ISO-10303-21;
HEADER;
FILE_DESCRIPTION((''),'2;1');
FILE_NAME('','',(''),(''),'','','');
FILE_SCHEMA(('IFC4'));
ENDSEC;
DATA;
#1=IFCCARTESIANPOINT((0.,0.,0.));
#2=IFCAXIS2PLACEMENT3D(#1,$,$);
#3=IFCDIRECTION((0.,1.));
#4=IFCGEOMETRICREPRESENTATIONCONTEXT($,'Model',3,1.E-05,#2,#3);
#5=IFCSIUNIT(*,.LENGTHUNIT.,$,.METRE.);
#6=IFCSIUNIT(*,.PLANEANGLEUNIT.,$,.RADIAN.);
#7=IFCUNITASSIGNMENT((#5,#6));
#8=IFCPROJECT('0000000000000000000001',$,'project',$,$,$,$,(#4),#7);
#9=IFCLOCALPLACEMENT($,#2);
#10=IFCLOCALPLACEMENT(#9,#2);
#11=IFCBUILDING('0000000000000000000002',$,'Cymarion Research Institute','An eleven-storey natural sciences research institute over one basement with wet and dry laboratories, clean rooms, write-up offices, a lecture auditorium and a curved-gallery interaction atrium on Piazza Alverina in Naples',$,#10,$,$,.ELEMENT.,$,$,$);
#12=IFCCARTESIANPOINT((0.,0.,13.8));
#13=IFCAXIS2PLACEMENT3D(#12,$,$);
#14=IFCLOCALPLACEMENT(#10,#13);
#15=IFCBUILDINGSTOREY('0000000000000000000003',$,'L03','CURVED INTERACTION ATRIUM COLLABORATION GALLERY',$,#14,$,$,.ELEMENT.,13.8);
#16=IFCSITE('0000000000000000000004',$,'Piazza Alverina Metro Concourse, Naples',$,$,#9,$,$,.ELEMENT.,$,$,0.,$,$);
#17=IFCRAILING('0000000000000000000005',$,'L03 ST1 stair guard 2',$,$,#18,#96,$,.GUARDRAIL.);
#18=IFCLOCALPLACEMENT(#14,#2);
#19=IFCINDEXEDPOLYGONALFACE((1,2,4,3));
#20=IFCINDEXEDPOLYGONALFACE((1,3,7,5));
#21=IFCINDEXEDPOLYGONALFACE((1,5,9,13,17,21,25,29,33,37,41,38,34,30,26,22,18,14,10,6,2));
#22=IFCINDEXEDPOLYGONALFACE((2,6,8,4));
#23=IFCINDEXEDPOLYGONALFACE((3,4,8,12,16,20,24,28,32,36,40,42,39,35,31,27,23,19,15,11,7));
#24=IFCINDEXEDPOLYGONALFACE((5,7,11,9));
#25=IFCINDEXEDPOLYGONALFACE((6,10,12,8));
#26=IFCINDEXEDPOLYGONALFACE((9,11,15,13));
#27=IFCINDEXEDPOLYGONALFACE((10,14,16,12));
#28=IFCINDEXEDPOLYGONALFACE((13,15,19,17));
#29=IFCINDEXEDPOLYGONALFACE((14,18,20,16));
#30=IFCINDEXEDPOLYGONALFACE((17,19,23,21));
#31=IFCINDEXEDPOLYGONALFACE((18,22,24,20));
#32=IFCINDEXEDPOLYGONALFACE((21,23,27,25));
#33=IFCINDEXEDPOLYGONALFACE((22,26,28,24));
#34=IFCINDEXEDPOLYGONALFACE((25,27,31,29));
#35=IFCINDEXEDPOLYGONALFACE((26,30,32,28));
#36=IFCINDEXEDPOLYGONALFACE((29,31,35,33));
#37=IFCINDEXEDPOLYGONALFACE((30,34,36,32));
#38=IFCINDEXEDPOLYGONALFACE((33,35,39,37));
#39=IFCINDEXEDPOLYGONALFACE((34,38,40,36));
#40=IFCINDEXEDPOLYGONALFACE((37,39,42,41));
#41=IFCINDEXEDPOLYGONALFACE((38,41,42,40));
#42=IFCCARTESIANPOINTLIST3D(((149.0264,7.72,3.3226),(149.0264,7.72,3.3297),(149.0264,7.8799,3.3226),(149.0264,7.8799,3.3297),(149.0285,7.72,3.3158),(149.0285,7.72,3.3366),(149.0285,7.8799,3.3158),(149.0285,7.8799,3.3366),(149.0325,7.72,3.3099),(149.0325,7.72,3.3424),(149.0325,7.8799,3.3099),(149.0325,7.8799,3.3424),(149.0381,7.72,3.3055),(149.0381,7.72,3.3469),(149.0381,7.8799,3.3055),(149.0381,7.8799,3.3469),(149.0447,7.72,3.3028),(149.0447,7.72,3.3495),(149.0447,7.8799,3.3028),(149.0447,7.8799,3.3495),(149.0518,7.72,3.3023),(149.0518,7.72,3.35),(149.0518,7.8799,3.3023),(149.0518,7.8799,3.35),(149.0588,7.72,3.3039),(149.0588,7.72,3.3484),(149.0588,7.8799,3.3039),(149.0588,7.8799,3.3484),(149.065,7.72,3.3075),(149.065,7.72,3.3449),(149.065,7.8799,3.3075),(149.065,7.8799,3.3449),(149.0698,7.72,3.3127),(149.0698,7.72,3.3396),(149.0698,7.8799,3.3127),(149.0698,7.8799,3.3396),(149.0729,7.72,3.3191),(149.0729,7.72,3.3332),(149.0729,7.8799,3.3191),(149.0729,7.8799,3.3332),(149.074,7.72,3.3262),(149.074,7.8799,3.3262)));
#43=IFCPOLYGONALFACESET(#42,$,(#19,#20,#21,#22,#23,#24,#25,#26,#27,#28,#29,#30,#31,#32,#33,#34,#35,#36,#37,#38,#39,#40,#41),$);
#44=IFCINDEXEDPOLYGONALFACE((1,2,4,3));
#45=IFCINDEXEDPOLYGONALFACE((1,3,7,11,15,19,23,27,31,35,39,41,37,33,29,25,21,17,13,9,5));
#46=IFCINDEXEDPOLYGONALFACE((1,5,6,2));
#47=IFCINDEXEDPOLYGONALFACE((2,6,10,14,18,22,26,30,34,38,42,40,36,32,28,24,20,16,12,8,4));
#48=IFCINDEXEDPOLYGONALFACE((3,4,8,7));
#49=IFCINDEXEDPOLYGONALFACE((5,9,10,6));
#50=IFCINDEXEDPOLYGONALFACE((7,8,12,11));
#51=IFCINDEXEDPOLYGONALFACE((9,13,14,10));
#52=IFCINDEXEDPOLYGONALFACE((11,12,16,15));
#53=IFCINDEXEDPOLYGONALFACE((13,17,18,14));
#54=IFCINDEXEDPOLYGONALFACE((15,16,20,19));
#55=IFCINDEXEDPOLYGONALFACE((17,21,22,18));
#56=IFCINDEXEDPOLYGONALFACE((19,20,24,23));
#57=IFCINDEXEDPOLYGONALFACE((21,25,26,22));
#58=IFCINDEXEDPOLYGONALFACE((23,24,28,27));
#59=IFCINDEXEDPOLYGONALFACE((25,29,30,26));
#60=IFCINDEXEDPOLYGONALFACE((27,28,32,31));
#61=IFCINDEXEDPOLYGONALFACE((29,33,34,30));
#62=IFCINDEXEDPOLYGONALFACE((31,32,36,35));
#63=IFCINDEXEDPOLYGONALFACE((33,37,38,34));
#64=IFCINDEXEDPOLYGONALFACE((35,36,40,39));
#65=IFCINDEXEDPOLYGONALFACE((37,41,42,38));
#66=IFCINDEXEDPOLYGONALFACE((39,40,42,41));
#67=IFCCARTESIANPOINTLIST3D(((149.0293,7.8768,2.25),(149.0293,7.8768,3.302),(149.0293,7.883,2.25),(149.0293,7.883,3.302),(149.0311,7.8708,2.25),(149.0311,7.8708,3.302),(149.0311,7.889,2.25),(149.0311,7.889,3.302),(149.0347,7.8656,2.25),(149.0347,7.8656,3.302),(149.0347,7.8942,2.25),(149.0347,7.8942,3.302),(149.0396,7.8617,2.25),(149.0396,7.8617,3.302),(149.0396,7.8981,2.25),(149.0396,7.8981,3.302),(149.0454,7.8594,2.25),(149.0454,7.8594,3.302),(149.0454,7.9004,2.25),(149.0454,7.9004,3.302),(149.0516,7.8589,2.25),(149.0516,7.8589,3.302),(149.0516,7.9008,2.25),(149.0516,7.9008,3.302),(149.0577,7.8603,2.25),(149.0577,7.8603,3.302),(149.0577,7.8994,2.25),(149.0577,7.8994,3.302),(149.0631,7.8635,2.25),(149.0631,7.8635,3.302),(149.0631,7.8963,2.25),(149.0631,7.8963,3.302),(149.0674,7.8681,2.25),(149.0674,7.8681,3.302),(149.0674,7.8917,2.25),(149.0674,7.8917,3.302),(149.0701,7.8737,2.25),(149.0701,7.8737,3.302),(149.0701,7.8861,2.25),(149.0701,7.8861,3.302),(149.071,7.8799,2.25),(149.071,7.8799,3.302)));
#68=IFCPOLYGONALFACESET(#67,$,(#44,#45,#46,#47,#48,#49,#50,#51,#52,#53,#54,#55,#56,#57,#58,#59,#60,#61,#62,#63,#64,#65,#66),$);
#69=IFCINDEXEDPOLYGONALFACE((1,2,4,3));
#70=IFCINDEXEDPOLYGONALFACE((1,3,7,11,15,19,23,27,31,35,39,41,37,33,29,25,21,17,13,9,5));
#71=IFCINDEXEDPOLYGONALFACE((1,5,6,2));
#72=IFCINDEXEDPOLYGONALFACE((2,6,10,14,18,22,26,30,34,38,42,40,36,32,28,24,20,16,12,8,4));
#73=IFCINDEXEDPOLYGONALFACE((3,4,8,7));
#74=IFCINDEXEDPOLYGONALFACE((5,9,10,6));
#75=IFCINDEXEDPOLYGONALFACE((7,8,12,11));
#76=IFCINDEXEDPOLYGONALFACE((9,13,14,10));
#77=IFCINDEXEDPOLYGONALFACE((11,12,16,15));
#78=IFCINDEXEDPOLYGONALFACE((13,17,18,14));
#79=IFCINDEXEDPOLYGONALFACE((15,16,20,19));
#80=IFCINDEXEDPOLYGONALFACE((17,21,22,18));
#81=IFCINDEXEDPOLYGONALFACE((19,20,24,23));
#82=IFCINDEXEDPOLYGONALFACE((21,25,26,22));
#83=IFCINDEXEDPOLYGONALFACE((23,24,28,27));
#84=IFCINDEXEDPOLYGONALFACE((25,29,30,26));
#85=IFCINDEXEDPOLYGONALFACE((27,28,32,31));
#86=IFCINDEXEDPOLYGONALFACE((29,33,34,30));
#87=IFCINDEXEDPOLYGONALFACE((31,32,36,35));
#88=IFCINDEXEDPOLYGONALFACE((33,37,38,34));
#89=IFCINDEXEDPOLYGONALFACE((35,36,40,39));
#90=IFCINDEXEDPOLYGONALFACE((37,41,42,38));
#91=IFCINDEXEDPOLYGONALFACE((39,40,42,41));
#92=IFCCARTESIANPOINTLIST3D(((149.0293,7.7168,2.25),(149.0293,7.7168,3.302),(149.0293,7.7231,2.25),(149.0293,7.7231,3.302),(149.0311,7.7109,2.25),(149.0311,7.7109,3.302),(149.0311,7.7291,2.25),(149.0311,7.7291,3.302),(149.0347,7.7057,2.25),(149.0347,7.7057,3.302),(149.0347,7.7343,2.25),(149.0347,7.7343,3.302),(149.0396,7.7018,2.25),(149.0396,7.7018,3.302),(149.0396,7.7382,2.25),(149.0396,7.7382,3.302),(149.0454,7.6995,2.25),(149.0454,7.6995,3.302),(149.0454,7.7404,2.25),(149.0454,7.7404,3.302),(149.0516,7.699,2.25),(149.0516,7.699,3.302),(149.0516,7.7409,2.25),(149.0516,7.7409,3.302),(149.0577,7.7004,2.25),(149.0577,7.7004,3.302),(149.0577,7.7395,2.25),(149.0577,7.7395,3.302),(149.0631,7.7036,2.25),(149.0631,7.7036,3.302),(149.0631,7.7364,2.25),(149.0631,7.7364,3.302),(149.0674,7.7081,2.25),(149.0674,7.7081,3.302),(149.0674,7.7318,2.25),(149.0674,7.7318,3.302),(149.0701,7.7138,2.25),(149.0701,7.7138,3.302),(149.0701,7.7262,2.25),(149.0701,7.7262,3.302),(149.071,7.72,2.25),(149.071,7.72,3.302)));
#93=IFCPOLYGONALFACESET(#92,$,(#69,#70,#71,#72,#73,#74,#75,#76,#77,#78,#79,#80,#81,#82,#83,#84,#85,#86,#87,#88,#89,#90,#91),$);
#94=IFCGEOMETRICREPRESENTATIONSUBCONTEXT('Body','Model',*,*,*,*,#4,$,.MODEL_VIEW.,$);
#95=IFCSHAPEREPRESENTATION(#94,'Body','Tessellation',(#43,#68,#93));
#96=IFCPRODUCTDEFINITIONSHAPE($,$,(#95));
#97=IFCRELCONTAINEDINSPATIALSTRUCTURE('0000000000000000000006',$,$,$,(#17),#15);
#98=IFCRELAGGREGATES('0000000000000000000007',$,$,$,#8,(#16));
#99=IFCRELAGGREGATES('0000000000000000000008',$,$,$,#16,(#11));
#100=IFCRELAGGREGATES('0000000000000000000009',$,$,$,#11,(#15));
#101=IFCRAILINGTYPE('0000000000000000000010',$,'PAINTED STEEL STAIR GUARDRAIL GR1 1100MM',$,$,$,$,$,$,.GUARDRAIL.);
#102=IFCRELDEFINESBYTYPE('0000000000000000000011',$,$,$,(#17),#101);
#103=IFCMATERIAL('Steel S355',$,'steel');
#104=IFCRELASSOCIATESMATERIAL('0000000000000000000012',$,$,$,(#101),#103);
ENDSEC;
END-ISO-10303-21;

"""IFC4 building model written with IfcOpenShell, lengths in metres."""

from ifc_helpers import new_model, si_unit, direction, frame, origin, origin_2d, place, context, subcontext, project, spatial, circle, extrude, material, type_object, element, save


model = new_model("IFC4")

# Units and contexts
model_context = context("Model", 3, precision=1e-05, world=origin(), true_north=direction((0.0, 1.0)))
body_context = subcontext(model_context, "Body", "Model", "MODEL_VIEW")
ifc_project = project(units=[si_unit("LENGTHUNIT", "METRE"), si_unit("PLANEANGLEUNIT", "RADIAN")], contexts=[model_context])

# Site, building, storey
site_placement = place(None, origin())
site = spatial("IfcSite", under=ifc_project, at=site_placement, Name="Piazza Alverina Metro Concourse, Naples", CompositionType="ELEMENT", RefElevation=0.0)
building_placement = place(site_placement, origin())
building = spatial("IfcBuilding", under=site, at=building_placement, Name="Cymarion Research Institute", Description="An eleven-storey natural sciences research institute over one basement with wet and dry laboratories, clean rooms, write-up offices, a lecture auditorium and a curved-gallery interaction atrium on Piazza Alverina in Naples", CompositionType="ELEMENT")
storey_placement = place(building_placement, frame((0.0, 0.0, 13.8)))
storey = spatial("IfcBuildingStorey", under=building, at=storey_placement, Name="L03", Description="CURVED INTERACTION ATRIUM COLLABORATION GALLERY", CompositionType="ELEMENT", Elevation=13.8)

# Shared definitions
ifc_material_1 = material(Name="Steel S355", Category="steel")

# Railing
railing_type_1 = type_object("IfcRailingType", Name="PAINTED STEEL STAIR GUARDRAIL GR1 1100MM", PredefinedType="GUARDRAIL", material=ifc_material_1)
railing_1_placement = place(storey_placement, frame((149.05, 7.8799, 2.25)))
element("IfcRailing", 1, at=railing_1_placement, inside=storey, type_object=railing_type_1, Name="L03 ST1 stair guard 2", PredefinedType="GUARDRAIL", context=body_context, shape_type="SweptSolid", body=[
    extrude(circle(Radius=0.0239, at=origin_2d()), frame((0.0, 0.0, 1.0762), z_axis=(0.0, -1.0, 0.0), x_axis=(1.0, 0.0, 0.0)), (0.0, 0.0, 1.0), 0.1599),
    extrude(circle(Radius=0.021, at=origin_2d()), origin(), (0.0, 0.0, 1.0), 1.052),
    extrude(circle(Radius=0.021, at=origin_2d()), frame((0.0, -0.1599, 0.0)), (0.0, 0.0, 1.0), 1.052),
])

save(model, "model.ifc")
